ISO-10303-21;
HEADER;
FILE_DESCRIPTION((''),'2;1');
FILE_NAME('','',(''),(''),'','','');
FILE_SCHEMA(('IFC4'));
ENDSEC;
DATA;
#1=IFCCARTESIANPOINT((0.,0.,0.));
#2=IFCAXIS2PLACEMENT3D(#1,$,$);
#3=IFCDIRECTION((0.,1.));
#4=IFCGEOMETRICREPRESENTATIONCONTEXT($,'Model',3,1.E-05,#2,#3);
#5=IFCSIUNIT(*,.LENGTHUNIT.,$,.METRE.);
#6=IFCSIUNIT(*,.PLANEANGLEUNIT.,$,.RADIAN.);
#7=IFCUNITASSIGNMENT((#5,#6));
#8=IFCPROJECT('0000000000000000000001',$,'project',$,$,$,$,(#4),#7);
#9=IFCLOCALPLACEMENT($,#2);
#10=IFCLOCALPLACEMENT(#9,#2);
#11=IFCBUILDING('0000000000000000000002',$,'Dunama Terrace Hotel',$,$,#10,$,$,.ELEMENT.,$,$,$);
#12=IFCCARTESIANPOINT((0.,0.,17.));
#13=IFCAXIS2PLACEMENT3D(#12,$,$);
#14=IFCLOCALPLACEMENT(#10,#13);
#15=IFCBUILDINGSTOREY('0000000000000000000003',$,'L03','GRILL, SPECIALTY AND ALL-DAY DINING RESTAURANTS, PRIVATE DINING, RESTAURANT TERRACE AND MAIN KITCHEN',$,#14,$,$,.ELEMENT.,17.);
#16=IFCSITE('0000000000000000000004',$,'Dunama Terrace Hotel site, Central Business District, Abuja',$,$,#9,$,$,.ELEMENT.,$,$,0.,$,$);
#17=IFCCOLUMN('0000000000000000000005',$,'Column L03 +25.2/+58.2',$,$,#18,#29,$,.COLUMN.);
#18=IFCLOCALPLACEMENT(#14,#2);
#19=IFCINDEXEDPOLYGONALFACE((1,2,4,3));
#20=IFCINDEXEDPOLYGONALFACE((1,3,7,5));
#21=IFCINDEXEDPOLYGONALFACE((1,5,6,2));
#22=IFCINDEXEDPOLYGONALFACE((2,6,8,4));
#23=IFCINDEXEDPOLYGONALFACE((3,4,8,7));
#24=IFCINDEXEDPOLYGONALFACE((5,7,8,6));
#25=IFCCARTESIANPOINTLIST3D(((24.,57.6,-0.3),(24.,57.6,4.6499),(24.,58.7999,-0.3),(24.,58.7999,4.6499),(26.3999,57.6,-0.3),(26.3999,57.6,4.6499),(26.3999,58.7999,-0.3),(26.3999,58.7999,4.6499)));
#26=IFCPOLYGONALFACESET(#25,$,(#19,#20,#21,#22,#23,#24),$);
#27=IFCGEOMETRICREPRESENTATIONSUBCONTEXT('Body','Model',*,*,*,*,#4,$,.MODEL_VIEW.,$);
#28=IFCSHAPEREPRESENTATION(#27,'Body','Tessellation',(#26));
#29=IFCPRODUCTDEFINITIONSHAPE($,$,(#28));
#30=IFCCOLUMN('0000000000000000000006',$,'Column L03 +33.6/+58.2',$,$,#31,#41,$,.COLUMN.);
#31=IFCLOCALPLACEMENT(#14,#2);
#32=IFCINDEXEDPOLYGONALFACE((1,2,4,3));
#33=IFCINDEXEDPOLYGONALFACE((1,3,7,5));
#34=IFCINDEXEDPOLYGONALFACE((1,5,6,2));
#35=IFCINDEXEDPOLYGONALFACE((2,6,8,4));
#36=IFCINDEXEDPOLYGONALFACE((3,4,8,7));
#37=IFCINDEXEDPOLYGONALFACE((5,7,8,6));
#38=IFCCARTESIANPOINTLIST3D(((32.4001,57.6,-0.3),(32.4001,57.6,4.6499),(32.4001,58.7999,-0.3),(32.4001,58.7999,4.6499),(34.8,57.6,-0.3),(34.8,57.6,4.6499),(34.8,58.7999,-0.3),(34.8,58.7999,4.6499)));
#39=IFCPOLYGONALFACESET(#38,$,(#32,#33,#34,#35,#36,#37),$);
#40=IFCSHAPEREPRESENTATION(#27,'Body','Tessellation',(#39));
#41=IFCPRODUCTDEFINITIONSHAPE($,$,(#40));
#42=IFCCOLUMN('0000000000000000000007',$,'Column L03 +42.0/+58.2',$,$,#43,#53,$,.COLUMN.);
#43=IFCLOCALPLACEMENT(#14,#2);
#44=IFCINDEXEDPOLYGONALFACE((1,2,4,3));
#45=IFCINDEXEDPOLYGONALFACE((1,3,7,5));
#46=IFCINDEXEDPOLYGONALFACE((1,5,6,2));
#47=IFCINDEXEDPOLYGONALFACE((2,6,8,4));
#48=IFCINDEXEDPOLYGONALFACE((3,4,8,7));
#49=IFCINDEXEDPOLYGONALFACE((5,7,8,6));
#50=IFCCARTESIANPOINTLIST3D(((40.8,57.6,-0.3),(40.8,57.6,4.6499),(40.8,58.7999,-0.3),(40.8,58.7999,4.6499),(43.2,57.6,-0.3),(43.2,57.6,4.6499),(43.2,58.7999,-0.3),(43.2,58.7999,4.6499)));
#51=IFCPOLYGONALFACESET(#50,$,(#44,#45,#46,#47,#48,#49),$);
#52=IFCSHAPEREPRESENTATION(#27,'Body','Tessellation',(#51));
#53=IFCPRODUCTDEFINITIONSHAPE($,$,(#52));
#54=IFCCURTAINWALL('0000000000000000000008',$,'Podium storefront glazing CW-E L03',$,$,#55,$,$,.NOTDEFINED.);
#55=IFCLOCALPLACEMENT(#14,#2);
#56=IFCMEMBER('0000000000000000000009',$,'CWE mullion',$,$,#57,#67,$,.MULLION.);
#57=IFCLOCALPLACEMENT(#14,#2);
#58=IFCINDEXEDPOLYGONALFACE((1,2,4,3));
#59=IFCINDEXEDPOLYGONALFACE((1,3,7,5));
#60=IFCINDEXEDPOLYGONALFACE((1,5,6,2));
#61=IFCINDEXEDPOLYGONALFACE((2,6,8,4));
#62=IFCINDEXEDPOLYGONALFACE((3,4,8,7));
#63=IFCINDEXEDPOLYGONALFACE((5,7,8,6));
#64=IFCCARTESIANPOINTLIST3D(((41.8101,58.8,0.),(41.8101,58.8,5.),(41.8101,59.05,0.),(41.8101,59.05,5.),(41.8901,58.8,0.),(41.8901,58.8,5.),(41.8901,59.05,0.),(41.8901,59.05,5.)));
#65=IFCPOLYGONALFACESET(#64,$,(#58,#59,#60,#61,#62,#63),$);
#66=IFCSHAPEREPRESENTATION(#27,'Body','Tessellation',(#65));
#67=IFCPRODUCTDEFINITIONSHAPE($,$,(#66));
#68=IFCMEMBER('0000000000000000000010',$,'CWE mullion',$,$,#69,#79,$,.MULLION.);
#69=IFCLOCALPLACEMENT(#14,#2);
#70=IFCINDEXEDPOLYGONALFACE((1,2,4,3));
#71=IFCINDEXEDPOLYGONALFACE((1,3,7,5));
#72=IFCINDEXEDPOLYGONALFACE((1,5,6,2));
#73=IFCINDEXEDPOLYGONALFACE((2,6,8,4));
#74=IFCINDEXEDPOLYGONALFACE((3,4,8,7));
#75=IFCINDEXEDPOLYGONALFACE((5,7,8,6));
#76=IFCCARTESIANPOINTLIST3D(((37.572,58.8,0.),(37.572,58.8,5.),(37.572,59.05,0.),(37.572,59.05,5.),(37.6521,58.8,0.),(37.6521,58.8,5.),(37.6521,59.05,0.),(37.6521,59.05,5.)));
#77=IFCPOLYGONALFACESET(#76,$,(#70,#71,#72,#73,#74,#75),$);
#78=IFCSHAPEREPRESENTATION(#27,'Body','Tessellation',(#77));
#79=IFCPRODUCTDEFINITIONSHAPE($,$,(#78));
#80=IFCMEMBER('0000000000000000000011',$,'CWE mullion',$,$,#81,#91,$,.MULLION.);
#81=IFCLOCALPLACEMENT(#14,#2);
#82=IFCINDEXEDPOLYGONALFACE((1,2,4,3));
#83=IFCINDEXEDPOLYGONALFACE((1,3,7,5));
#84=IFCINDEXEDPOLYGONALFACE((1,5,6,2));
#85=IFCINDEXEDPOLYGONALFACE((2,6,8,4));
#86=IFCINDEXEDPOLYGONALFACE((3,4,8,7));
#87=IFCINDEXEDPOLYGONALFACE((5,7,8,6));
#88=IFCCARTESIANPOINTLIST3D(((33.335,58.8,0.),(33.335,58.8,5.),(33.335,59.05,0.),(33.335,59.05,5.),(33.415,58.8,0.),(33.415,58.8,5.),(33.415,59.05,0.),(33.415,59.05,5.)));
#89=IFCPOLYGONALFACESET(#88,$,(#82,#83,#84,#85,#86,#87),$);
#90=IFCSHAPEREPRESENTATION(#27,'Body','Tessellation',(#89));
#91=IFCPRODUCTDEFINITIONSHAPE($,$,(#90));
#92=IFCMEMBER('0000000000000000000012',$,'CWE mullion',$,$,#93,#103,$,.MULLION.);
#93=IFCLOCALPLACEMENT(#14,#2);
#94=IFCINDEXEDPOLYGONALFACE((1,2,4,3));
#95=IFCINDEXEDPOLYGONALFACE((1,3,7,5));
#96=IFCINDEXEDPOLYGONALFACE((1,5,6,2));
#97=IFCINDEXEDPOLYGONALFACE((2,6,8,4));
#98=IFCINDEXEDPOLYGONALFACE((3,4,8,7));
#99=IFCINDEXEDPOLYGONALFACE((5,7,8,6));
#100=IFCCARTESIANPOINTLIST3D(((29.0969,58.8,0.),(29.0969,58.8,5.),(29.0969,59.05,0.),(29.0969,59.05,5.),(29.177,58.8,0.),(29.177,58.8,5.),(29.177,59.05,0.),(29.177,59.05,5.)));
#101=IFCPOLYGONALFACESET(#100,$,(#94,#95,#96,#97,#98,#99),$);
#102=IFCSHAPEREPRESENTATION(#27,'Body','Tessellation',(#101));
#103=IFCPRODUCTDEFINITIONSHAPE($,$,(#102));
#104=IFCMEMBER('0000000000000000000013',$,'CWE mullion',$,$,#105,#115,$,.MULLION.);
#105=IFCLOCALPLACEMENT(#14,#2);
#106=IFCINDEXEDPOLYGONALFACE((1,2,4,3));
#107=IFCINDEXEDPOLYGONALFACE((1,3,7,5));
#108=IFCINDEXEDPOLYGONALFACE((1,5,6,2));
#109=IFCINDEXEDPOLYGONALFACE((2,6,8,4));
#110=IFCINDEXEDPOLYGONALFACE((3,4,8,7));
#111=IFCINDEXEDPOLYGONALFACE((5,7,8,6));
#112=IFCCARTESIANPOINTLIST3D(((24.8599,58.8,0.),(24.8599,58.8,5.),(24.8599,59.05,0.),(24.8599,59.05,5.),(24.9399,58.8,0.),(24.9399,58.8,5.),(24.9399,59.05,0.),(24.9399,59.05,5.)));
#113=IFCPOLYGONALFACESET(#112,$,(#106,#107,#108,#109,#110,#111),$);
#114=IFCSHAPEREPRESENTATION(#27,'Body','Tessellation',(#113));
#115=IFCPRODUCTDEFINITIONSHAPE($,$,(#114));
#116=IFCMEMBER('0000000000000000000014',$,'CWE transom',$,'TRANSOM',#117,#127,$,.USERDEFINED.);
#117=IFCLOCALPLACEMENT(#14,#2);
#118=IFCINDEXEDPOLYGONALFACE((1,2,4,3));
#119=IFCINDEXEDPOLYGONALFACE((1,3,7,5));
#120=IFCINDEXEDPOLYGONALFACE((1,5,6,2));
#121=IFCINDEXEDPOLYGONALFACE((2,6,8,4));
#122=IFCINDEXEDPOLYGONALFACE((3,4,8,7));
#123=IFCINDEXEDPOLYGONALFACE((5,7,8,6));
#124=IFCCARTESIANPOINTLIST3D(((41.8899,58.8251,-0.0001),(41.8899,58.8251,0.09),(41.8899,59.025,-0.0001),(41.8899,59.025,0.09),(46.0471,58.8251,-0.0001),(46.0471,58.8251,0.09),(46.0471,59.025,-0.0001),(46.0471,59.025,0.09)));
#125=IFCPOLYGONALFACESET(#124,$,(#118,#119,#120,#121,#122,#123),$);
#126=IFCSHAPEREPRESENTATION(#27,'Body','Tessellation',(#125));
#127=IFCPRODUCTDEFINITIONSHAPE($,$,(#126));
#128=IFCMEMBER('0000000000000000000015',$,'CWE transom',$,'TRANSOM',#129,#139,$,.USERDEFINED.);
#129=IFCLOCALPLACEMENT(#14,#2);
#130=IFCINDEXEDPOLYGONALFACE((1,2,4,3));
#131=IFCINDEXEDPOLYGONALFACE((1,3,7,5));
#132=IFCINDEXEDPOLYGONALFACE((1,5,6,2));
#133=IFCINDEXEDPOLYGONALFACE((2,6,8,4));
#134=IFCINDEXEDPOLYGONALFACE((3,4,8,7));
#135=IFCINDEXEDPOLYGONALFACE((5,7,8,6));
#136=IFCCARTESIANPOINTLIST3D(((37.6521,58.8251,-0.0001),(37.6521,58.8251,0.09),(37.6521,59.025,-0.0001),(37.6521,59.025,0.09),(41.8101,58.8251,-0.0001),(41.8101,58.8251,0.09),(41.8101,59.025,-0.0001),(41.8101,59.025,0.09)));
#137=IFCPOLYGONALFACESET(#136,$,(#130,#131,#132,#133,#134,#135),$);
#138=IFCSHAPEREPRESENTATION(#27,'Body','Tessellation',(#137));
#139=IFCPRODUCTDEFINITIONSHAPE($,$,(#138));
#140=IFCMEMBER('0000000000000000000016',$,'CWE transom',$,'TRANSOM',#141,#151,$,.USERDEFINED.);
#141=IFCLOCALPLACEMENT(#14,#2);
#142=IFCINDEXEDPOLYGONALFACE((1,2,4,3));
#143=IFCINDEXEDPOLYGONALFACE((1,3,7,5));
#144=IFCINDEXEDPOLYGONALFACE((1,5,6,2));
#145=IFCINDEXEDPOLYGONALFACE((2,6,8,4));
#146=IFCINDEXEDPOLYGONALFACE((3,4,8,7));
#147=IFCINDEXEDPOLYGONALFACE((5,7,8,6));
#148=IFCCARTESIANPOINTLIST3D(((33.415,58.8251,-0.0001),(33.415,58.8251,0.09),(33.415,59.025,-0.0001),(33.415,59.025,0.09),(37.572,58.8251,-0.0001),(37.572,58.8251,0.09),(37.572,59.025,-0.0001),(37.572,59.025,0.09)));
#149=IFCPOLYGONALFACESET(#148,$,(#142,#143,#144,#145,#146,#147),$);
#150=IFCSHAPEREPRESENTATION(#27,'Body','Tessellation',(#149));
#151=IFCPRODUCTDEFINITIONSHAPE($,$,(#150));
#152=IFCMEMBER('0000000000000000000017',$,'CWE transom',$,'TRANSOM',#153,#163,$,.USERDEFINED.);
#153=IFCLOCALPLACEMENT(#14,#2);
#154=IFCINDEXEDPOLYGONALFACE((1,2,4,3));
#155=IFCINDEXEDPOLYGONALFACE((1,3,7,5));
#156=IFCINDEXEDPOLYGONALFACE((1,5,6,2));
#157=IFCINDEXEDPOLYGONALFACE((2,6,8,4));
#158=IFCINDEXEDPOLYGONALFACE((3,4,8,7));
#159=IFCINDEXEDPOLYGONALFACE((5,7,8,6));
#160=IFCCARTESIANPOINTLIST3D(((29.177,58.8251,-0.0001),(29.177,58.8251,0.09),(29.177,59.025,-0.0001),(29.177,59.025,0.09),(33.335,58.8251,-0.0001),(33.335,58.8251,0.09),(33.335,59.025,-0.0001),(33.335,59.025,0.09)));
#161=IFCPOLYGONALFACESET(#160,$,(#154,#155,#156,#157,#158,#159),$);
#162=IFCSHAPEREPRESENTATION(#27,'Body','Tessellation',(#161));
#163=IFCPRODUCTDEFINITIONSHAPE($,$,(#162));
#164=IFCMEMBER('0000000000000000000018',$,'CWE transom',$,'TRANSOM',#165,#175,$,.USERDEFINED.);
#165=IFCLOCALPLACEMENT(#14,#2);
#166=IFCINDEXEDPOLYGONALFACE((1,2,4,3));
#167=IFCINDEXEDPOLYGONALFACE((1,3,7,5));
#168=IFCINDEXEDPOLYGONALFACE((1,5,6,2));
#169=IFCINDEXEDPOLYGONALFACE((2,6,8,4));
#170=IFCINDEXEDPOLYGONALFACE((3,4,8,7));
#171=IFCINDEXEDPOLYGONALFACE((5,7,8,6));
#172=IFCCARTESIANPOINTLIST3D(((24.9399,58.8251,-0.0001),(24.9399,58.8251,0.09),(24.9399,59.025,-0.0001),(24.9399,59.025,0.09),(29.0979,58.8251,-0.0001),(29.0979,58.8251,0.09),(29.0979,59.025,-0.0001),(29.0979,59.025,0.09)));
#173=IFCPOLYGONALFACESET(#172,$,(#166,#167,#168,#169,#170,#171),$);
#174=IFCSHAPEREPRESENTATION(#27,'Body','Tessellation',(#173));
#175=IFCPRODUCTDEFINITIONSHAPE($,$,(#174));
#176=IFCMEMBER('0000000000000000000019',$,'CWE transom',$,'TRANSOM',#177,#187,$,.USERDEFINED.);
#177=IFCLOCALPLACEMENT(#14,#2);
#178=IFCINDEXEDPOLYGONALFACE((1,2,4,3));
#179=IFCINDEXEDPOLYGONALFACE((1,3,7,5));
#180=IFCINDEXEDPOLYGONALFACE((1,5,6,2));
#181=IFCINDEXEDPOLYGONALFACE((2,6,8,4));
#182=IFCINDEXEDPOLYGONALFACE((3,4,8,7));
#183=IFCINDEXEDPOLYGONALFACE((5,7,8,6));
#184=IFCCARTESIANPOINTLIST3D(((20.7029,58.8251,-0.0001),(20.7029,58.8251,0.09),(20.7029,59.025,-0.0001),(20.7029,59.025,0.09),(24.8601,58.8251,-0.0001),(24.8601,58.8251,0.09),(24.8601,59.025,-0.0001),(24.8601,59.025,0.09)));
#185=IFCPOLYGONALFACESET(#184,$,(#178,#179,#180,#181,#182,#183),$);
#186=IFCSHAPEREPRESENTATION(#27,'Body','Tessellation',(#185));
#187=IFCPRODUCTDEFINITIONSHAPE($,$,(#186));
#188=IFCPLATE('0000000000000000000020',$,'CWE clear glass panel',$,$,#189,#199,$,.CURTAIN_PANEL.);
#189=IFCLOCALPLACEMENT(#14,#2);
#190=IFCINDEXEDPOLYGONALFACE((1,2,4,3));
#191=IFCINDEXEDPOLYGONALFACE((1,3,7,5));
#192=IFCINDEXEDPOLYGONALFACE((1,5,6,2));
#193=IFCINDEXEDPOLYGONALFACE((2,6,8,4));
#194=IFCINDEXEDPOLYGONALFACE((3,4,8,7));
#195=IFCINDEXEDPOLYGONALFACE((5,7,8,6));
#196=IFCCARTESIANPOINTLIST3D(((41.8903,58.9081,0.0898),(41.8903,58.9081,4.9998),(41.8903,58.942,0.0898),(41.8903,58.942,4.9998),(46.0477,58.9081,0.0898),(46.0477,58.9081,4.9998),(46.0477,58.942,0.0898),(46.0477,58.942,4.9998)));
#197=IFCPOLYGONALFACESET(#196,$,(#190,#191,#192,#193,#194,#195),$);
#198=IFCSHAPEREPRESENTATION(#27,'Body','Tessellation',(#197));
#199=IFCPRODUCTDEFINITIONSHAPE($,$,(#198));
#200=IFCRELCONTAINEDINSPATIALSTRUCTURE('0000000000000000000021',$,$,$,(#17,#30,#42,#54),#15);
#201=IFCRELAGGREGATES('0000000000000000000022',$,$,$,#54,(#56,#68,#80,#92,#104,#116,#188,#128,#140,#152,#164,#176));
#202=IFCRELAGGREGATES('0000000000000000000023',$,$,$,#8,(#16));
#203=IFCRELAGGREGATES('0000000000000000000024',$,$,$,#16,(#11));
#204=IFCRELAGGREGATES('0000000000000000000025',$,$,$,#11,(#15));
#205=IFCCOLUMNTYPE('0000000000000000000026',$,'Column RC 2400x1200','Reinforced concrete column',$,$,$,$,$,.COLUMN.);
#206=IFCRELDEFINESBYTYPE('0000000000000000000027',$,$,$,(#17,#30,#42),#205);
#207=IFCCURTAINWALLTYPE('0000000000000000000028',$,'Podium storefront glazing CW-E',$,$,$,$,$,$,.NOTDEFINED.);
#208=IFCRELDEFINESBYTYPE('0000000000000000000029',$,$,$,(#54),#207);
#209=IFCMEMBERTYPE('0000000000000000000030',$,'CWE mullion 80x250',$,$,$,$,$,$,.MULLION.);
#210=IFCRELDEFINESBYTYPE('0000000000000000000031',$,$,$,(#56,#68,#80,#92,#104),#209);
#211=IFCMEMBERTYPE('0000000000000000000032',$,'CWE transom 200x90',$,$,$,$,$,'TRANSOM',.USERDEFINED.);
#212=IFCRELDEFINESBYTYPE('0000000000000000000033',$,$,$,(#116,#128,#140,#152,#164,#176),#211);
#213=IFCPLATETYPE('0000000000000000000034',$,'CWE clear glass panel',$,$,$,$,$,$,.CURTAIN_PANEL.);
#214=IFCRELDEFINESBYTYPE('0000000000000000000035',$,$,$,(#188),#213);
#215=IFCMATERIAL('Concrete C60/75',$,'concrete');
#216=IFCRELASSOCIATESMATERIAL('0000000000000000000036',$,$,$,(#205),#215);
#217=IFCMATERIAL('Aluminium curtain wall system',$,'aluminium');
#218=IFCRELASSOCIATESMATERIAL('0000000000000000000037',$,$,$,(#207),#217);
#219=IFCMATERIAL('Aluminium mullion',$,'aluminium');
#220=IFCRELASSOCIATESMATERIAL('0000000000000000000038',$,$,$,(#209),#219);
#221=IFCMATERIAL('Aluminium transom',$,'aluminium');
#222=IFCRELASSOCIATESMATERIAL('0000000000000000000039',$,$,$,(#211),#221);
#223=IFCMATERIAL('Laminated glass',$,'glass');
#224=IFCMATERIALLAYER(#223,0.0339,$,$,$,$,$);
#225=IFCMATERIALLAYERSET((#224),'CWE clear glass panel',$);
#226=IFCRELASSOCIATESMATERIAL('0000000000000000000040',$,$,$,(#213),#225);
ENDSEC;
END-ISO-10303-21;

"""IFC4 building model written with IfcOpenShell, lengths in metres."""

from ifc_helpers import new_model, si_unit, direction, frame, origin, origin_2d, place, context, subcontext, project, spatial, rectangle, extrude, material, layer, layer_set, material_profile, profile_set, type_object, element, aggregate, save


model = new_model("IFC4")

# Units and contexts
model_context = context("Model", 3, precision=1e-05, world=origin(), true_north=direction((0.0, 1.0)))
body_context = subcontext(model_context, "Body", "Model", "MODEL_VIEW")
ifc_project = project(units=[si_unit("LENGTHUNIT", "METRE"), si_unit("PLANEANGLEUNIT", "RADIAN")], contexts=[model_context])

# Site, building, storey
site_placement = place(None, origin())
site = spatial("IfcSite", under=ifc_project, at=site_placement, Name="Dunama Terrace Hotel site, Central Business District, Abuja", CompositionType="ELEMENT", RefElevation=0.0)
building_placement = place(site_placement, origin())
building = spatial("IfcBuilding", under=site, at=building_placement, Name="Dunama Terrace Hotel", CompositionType="ELEMENT")
storey_placement = place(building_placement, frame((0.0, 0.0, 17.0)))
storey = spatial("IfcBuildingStorey", under=building, at=storey_placement, Name="L03", Description="GRILL, SPECIALTY AND ALL-DAY DINING RESTAURANTS, PRIVATE DINING, RESTAURANT TERRACE AND MAIN KITCHEN", CompositionType="ELEMENT", Elevation=17.0)

# Columns
ifc_material_1 = material(Name="Concrete C60/75", Category="concrete")
ifc_material_profile_1 = material_profile(ifc_material_1, rectangle(XDim=2.3999, YDim=1.2, at=origin_2d()), Name="RC 2400x1200")
ifc_profile_set_1 = profile_set([ifc_material_profile_1], Name="Concrete C60/75")
column_type = type_object("IfcColumnType", Name="Column RC 2400x1200", Description="Reinforced concrete column", PredefinedType="COLUMN", material=ifc_profile_set_1)
for number, where, z_axis, x_axis, name in (
    (1, (25.2, 58.2, -0.3), (0.0, 0.0, 1.0), (1.0, 0.0, 0.0), "Column L03 +25.2/+58.2"),
    (2, (33.6001, 58.2, -0.3), (0.0, 0.0, 1.0), (1.0, 0.0, 0.0), "Column L03 +33.6/+58.2"),
    (3, (42.0, 58.2, -0.3), (0.0, 0.0, 1.0), (1.0, 0.0, 0.0), "Column L03 +42.0/+58.2"),
):
    element("IfcColumn", number, at=place(storey_placement, frame(where, z_axis=z_axis, x_axis=x_axis)), inside=storey, type_object=column_type, Name=name, PredefinedType="COLUMN", context=body_context, shape_type="SweptSolid", body=[
        extrude(rectangle(XDim=2.3999, YDim=1.2, at=origin_2d()), origin(), (0.0, 0.0, 1.0), 4.95),
    ])

# Curtain wall, members, plate
ifc_material_2 = material(Name="Aluminium curtain wall system", Category="aluminium")
curtain_wall_type = type_object("IfcCurtainWallType", Name="Podium storefront glazing CW-E", PredefinedType="NOTDEFINED", material=ifc_material_2)
curtain_wall_placement = place(storey_placement, origin())
curtain_wall = element("IfcCurtainWall", 4, at=curtain_wall_placement, inside=storey, type_object=curtain_wall_type, Name="Podium storefront glazing CW-E L03", PredefinedType="NOTDEFINED")
ifc_material_3 = material(Name="Aluminium mullion", Category="aluminium")
ifc_material_profile_2 = material_profile(ifc_material_3, rectangle(XDim=0.0801, YDim=0.25, at=origin_2d()), Name="CWE MULLION 80X250")
ifc_profile_set_2 = profile_set([ifc_material_profile_2], Name="Aluminium mullion")
member_type_1 = type_object("IfcMemberType", Name="CWE mullion 80x250", PredefinedType="MULLION", material=ifc_profile_set_2)
member_1_placement = place(storey_placement, frame((41.8501, 58.925, 0.0), z_axis=(0.0, 0.0, 1.0), x_axis=(-1.0, 0.0, 0.0)))
member_1 = element("IfcMember", 5, at=member_1_placement, type_object=member_type_1, Name="CWE mullion", PredefinedType="MULLION", context=body_context, shape_type="SweptSolid", body=[
    extrude(rectangle(XDim=0.0801, YDim=0.25, at=origin_2d()), origin(), (0.0, 0.0, 1.0), 5.0),
])
member_2_placement = place(storey_placement, frame((37.6121, 58.925, 0.0), z_axis=(0.0, 0.0, 1.0), x_axis=(-1.0, 0.0, 0.0)))
member_2 = element("IfcMember", 6, at=member_2_placement, type_object=member_type_1, Name="CWE mullion", PredefinedType="MULLION", context=body_context, shape_type="SweptSolid", body=[
    extrude(rectangle(XDim=0.0801, YDim=0.25, at=origin_2d()), origin(), (0.0, 0.0, 1.0), 5.0),
])
member_3_placement = place(storey_placement, frame((33.375, 58.925, 0.0), z_axis=(0.0, 0.0, 1.0), x_axis=(-1.0, 0.0, 0.0)))
member_3 = element("IfcMember", 7, at=member_3_placement, type_object=member_type_1, Name="CWE mullion", PredefinedType="MULLION", context=body_context, shape_type="SweptSolid", body=[
    extrude(rectangle(XDim=0.0801, YDim=0.25, at=origin_2d()), origin(), (0.0, 0.0, 1.0), 5.0),
])
member_4_placement = place(storey_placement, frame((29.137, 58.925, 0.0), z_axis=(0.0, 0.0, 1.0), x_axis=(-1.0, 0.0, 0.0)))
member_4 = element("IfcMember", 8, at=member_4_placement, type_object=member_type_1, Name="CWE mullion", PredefinedType="MULLION", context=body_context, shape_type="SweptSolid", body=[
    extrude(rectangle(XDim=0.0801, YDim=0.25, at=origin_2d()), origin(), (0.0, 0.0, 1.0), 5.0),
])
member_5_placement = place(storey_placement, frame((24.8999, 58.925, 0.0), z_axis=(0.0, 0.0, 1.0), x_axis=(-1.0, 0.0, 0.0)))
member_5 = element("IfcMember", 9, at=member_5_placement, type_object=member_type_1, Name="CWE mullion", PredefinedType="MULLION", context=body_context, shape_type="SweptSolid", body=[
    extrude(rectangle(XDim=0.0801, YDim=0.25, at=origin_2d()), origin(), (0.0, 0.0, 1.0), 5.0),
])
ifc_material_4 = material(Name="Aluminium transom", Category="aluminium")
ifc_material_profile_3 = material_profile(ifc_material_4, rectangle(XDim=0.2, YDim=0.0901, at=origin_2d()), Name="CWE TRANSOM 200X90")
ifc_profile_set_3 = profile_set([ifc_material_profile_3], Name="Aluminium transom")
member_type_2 = type_object("IfcMemberType", Name="CWE transom 200x90", ElementType="TRANSOM", PredefinedType="USERDEFINED", material=ifc_profile_set_3)
member_6_placement = place(storey_placement, frame((46.0471, 58.925, 0.0449), z_axis=(-1.0, 0.0, 0.0), x_axis=(0.0, -1.0, 0.0)))
member_6 = element("IfcMember", 10, at=member_6_placement, type_object=member_type_2, Name="CWE transom", ObjectType="TRANSOM", PredefinedType="USERDEFINED", context=body_context, shape_type="SweptSolid", body=[
    extrude(rectangle(XDim=0.2, YDim=0.0901, at=origin_2d()), origin(), (0.0, 0.0, 1.0), 4.1572),
])
member_7_placement = place(storey_placement, frame((41.8101, 58.925, 0.0449), z_axis=(-1.0, 0.0, 0.0), x_axis=(0.0, -1.0, 0.0)))
member_7 = element("IfcMember", 11, at=member_7_placement, type_object=member_type_2, Name="CWE transom", ObjectType="TRANSOM", PredefinedType="USERDEFINED", context=body_context, shape_type="SweptSolid", body=[
    extrude(rectangle(XDim=0.2, YDim=0.0901, at=origin_2d()), origin(), (0.0, 0.0, 1.0), 4.158),
])
member_8_placement = place(storey_placement, frame((37.572, 58.925, 0.0449), z_axis=(-1.0, 0.0, 0.0), x_axis=(0.0, -1.0, 0.0)))
member_8 = element("IfcMember", 12, at=member_8_placement, type_object=member_type_2, Name="CWE transom", ObjectType="TRANSOM", PredefinedType="USERDEFINED", context=body_context, shape_type="SweptSolid", body=[
    extrude(rectangle(XDim=0.2, YDim=0.0901, at=origin_2d()), origin(), (0.0, 0.0, 1.0), 4.157),
])
member_9_placement = place(storey_placement, frame((33.335, 58.925, 0.0449), z_axis=(-1.0, 0.0, 0.0), x_axis=(0.0, -1.0, 0.0)))
member_9 = element("IfcMember", 13, at=member_9_placement, type_object=member_type_2, Name="CWE transom", ObjectType="TRANSOM", PredefinedType="USERDEFINED", context=body_context, shape_type="SweptSolid", body=[
    extrude(rectangle(XDim=0.2, YDim=0.0901, at=origin_2d()), origin(), (0.0, 0.0, 1.0), 4.158),
])
member_10_placement = place(storey_placement, frame((29.0979, 58.925, 0.0449), z_axis=(-1.0, 0.0, 0.0), x_axis=(0.0, -1.0, 0.0)))
member_10 = element("IfcMember", 14, at=member_10_placement, type_object=member_type_2, Name="CWE transom", ObjectType="TRANSOM", PredefinedType="USERDEFINED", context=body_context, shape_type="SweptSolid", body=[
    extrude(rectangle(XDim=0.2, YDim=0.0901, at=origin_2d()), origin(), (0.0, 0.0, 1.0), 4.158),
])
member_11_placement = place(storey_placement, frame((24.8601, 58.925, 0.0449), z_axis=(-1.0, 0.0, 0.0), x_axis=(0.0, -1.0, 0.0)))
member_11 = element("IfcMember", 15, at=member_11_placement, type_object=member_type_2, Name="CWE transom", ObjectType="TRANSOM", PredefinedType="USERDEFINED", context=body_context, shape_type="SweptSolid", body=[
    extrude(rectangle(XDim=0.2, YDim=0.0901, at=origin_2d()), origin(), (0.0, 0.0, 1.0), 4.1572),
])
ifc_material_5 = material(Name="Laminated glass", Category="glass")
ifc_layer_1 = layer(ifc_material_5, 0.0339)
ifc_layer_set_1 = layer_set([ifc_layer_1], Name="CWE clear glass panel")
plate_type_1 = type_object("IfcPlateType", Name="CWE clear glass panel", PredefinedType="CURTAIN_PANEL", material=ifc_layer_set_1)
plate_1_placement = place(storey_placement, frame((43.969, 58.925, 0.0898), z_axis=(0.0, 0.0, 1.0), x_axis=(-1.0, 0.0, 0.0)))
plate_1 = element("IfcPlate", 16, at=plate_1_placement, type_object=plate_type_1, Name="CWE clear glass panel", PredefinedType="CURTAIN_PANEL", context=body_context, shape_type="SweptSolid", body=[
    extrude(rectangle(XDim=4.1575, YDim=0.0339, at=origin_2d()), origin(), (0.0, 0.0, 1.0), 4.9099),
])
aggregate(curtain_wall, [member_1, member_2, member_3, member_4, member_5, member_6, plate_1, member_7, member_8, member_9, member_10, member_11])

save(model, "model.ifc")
